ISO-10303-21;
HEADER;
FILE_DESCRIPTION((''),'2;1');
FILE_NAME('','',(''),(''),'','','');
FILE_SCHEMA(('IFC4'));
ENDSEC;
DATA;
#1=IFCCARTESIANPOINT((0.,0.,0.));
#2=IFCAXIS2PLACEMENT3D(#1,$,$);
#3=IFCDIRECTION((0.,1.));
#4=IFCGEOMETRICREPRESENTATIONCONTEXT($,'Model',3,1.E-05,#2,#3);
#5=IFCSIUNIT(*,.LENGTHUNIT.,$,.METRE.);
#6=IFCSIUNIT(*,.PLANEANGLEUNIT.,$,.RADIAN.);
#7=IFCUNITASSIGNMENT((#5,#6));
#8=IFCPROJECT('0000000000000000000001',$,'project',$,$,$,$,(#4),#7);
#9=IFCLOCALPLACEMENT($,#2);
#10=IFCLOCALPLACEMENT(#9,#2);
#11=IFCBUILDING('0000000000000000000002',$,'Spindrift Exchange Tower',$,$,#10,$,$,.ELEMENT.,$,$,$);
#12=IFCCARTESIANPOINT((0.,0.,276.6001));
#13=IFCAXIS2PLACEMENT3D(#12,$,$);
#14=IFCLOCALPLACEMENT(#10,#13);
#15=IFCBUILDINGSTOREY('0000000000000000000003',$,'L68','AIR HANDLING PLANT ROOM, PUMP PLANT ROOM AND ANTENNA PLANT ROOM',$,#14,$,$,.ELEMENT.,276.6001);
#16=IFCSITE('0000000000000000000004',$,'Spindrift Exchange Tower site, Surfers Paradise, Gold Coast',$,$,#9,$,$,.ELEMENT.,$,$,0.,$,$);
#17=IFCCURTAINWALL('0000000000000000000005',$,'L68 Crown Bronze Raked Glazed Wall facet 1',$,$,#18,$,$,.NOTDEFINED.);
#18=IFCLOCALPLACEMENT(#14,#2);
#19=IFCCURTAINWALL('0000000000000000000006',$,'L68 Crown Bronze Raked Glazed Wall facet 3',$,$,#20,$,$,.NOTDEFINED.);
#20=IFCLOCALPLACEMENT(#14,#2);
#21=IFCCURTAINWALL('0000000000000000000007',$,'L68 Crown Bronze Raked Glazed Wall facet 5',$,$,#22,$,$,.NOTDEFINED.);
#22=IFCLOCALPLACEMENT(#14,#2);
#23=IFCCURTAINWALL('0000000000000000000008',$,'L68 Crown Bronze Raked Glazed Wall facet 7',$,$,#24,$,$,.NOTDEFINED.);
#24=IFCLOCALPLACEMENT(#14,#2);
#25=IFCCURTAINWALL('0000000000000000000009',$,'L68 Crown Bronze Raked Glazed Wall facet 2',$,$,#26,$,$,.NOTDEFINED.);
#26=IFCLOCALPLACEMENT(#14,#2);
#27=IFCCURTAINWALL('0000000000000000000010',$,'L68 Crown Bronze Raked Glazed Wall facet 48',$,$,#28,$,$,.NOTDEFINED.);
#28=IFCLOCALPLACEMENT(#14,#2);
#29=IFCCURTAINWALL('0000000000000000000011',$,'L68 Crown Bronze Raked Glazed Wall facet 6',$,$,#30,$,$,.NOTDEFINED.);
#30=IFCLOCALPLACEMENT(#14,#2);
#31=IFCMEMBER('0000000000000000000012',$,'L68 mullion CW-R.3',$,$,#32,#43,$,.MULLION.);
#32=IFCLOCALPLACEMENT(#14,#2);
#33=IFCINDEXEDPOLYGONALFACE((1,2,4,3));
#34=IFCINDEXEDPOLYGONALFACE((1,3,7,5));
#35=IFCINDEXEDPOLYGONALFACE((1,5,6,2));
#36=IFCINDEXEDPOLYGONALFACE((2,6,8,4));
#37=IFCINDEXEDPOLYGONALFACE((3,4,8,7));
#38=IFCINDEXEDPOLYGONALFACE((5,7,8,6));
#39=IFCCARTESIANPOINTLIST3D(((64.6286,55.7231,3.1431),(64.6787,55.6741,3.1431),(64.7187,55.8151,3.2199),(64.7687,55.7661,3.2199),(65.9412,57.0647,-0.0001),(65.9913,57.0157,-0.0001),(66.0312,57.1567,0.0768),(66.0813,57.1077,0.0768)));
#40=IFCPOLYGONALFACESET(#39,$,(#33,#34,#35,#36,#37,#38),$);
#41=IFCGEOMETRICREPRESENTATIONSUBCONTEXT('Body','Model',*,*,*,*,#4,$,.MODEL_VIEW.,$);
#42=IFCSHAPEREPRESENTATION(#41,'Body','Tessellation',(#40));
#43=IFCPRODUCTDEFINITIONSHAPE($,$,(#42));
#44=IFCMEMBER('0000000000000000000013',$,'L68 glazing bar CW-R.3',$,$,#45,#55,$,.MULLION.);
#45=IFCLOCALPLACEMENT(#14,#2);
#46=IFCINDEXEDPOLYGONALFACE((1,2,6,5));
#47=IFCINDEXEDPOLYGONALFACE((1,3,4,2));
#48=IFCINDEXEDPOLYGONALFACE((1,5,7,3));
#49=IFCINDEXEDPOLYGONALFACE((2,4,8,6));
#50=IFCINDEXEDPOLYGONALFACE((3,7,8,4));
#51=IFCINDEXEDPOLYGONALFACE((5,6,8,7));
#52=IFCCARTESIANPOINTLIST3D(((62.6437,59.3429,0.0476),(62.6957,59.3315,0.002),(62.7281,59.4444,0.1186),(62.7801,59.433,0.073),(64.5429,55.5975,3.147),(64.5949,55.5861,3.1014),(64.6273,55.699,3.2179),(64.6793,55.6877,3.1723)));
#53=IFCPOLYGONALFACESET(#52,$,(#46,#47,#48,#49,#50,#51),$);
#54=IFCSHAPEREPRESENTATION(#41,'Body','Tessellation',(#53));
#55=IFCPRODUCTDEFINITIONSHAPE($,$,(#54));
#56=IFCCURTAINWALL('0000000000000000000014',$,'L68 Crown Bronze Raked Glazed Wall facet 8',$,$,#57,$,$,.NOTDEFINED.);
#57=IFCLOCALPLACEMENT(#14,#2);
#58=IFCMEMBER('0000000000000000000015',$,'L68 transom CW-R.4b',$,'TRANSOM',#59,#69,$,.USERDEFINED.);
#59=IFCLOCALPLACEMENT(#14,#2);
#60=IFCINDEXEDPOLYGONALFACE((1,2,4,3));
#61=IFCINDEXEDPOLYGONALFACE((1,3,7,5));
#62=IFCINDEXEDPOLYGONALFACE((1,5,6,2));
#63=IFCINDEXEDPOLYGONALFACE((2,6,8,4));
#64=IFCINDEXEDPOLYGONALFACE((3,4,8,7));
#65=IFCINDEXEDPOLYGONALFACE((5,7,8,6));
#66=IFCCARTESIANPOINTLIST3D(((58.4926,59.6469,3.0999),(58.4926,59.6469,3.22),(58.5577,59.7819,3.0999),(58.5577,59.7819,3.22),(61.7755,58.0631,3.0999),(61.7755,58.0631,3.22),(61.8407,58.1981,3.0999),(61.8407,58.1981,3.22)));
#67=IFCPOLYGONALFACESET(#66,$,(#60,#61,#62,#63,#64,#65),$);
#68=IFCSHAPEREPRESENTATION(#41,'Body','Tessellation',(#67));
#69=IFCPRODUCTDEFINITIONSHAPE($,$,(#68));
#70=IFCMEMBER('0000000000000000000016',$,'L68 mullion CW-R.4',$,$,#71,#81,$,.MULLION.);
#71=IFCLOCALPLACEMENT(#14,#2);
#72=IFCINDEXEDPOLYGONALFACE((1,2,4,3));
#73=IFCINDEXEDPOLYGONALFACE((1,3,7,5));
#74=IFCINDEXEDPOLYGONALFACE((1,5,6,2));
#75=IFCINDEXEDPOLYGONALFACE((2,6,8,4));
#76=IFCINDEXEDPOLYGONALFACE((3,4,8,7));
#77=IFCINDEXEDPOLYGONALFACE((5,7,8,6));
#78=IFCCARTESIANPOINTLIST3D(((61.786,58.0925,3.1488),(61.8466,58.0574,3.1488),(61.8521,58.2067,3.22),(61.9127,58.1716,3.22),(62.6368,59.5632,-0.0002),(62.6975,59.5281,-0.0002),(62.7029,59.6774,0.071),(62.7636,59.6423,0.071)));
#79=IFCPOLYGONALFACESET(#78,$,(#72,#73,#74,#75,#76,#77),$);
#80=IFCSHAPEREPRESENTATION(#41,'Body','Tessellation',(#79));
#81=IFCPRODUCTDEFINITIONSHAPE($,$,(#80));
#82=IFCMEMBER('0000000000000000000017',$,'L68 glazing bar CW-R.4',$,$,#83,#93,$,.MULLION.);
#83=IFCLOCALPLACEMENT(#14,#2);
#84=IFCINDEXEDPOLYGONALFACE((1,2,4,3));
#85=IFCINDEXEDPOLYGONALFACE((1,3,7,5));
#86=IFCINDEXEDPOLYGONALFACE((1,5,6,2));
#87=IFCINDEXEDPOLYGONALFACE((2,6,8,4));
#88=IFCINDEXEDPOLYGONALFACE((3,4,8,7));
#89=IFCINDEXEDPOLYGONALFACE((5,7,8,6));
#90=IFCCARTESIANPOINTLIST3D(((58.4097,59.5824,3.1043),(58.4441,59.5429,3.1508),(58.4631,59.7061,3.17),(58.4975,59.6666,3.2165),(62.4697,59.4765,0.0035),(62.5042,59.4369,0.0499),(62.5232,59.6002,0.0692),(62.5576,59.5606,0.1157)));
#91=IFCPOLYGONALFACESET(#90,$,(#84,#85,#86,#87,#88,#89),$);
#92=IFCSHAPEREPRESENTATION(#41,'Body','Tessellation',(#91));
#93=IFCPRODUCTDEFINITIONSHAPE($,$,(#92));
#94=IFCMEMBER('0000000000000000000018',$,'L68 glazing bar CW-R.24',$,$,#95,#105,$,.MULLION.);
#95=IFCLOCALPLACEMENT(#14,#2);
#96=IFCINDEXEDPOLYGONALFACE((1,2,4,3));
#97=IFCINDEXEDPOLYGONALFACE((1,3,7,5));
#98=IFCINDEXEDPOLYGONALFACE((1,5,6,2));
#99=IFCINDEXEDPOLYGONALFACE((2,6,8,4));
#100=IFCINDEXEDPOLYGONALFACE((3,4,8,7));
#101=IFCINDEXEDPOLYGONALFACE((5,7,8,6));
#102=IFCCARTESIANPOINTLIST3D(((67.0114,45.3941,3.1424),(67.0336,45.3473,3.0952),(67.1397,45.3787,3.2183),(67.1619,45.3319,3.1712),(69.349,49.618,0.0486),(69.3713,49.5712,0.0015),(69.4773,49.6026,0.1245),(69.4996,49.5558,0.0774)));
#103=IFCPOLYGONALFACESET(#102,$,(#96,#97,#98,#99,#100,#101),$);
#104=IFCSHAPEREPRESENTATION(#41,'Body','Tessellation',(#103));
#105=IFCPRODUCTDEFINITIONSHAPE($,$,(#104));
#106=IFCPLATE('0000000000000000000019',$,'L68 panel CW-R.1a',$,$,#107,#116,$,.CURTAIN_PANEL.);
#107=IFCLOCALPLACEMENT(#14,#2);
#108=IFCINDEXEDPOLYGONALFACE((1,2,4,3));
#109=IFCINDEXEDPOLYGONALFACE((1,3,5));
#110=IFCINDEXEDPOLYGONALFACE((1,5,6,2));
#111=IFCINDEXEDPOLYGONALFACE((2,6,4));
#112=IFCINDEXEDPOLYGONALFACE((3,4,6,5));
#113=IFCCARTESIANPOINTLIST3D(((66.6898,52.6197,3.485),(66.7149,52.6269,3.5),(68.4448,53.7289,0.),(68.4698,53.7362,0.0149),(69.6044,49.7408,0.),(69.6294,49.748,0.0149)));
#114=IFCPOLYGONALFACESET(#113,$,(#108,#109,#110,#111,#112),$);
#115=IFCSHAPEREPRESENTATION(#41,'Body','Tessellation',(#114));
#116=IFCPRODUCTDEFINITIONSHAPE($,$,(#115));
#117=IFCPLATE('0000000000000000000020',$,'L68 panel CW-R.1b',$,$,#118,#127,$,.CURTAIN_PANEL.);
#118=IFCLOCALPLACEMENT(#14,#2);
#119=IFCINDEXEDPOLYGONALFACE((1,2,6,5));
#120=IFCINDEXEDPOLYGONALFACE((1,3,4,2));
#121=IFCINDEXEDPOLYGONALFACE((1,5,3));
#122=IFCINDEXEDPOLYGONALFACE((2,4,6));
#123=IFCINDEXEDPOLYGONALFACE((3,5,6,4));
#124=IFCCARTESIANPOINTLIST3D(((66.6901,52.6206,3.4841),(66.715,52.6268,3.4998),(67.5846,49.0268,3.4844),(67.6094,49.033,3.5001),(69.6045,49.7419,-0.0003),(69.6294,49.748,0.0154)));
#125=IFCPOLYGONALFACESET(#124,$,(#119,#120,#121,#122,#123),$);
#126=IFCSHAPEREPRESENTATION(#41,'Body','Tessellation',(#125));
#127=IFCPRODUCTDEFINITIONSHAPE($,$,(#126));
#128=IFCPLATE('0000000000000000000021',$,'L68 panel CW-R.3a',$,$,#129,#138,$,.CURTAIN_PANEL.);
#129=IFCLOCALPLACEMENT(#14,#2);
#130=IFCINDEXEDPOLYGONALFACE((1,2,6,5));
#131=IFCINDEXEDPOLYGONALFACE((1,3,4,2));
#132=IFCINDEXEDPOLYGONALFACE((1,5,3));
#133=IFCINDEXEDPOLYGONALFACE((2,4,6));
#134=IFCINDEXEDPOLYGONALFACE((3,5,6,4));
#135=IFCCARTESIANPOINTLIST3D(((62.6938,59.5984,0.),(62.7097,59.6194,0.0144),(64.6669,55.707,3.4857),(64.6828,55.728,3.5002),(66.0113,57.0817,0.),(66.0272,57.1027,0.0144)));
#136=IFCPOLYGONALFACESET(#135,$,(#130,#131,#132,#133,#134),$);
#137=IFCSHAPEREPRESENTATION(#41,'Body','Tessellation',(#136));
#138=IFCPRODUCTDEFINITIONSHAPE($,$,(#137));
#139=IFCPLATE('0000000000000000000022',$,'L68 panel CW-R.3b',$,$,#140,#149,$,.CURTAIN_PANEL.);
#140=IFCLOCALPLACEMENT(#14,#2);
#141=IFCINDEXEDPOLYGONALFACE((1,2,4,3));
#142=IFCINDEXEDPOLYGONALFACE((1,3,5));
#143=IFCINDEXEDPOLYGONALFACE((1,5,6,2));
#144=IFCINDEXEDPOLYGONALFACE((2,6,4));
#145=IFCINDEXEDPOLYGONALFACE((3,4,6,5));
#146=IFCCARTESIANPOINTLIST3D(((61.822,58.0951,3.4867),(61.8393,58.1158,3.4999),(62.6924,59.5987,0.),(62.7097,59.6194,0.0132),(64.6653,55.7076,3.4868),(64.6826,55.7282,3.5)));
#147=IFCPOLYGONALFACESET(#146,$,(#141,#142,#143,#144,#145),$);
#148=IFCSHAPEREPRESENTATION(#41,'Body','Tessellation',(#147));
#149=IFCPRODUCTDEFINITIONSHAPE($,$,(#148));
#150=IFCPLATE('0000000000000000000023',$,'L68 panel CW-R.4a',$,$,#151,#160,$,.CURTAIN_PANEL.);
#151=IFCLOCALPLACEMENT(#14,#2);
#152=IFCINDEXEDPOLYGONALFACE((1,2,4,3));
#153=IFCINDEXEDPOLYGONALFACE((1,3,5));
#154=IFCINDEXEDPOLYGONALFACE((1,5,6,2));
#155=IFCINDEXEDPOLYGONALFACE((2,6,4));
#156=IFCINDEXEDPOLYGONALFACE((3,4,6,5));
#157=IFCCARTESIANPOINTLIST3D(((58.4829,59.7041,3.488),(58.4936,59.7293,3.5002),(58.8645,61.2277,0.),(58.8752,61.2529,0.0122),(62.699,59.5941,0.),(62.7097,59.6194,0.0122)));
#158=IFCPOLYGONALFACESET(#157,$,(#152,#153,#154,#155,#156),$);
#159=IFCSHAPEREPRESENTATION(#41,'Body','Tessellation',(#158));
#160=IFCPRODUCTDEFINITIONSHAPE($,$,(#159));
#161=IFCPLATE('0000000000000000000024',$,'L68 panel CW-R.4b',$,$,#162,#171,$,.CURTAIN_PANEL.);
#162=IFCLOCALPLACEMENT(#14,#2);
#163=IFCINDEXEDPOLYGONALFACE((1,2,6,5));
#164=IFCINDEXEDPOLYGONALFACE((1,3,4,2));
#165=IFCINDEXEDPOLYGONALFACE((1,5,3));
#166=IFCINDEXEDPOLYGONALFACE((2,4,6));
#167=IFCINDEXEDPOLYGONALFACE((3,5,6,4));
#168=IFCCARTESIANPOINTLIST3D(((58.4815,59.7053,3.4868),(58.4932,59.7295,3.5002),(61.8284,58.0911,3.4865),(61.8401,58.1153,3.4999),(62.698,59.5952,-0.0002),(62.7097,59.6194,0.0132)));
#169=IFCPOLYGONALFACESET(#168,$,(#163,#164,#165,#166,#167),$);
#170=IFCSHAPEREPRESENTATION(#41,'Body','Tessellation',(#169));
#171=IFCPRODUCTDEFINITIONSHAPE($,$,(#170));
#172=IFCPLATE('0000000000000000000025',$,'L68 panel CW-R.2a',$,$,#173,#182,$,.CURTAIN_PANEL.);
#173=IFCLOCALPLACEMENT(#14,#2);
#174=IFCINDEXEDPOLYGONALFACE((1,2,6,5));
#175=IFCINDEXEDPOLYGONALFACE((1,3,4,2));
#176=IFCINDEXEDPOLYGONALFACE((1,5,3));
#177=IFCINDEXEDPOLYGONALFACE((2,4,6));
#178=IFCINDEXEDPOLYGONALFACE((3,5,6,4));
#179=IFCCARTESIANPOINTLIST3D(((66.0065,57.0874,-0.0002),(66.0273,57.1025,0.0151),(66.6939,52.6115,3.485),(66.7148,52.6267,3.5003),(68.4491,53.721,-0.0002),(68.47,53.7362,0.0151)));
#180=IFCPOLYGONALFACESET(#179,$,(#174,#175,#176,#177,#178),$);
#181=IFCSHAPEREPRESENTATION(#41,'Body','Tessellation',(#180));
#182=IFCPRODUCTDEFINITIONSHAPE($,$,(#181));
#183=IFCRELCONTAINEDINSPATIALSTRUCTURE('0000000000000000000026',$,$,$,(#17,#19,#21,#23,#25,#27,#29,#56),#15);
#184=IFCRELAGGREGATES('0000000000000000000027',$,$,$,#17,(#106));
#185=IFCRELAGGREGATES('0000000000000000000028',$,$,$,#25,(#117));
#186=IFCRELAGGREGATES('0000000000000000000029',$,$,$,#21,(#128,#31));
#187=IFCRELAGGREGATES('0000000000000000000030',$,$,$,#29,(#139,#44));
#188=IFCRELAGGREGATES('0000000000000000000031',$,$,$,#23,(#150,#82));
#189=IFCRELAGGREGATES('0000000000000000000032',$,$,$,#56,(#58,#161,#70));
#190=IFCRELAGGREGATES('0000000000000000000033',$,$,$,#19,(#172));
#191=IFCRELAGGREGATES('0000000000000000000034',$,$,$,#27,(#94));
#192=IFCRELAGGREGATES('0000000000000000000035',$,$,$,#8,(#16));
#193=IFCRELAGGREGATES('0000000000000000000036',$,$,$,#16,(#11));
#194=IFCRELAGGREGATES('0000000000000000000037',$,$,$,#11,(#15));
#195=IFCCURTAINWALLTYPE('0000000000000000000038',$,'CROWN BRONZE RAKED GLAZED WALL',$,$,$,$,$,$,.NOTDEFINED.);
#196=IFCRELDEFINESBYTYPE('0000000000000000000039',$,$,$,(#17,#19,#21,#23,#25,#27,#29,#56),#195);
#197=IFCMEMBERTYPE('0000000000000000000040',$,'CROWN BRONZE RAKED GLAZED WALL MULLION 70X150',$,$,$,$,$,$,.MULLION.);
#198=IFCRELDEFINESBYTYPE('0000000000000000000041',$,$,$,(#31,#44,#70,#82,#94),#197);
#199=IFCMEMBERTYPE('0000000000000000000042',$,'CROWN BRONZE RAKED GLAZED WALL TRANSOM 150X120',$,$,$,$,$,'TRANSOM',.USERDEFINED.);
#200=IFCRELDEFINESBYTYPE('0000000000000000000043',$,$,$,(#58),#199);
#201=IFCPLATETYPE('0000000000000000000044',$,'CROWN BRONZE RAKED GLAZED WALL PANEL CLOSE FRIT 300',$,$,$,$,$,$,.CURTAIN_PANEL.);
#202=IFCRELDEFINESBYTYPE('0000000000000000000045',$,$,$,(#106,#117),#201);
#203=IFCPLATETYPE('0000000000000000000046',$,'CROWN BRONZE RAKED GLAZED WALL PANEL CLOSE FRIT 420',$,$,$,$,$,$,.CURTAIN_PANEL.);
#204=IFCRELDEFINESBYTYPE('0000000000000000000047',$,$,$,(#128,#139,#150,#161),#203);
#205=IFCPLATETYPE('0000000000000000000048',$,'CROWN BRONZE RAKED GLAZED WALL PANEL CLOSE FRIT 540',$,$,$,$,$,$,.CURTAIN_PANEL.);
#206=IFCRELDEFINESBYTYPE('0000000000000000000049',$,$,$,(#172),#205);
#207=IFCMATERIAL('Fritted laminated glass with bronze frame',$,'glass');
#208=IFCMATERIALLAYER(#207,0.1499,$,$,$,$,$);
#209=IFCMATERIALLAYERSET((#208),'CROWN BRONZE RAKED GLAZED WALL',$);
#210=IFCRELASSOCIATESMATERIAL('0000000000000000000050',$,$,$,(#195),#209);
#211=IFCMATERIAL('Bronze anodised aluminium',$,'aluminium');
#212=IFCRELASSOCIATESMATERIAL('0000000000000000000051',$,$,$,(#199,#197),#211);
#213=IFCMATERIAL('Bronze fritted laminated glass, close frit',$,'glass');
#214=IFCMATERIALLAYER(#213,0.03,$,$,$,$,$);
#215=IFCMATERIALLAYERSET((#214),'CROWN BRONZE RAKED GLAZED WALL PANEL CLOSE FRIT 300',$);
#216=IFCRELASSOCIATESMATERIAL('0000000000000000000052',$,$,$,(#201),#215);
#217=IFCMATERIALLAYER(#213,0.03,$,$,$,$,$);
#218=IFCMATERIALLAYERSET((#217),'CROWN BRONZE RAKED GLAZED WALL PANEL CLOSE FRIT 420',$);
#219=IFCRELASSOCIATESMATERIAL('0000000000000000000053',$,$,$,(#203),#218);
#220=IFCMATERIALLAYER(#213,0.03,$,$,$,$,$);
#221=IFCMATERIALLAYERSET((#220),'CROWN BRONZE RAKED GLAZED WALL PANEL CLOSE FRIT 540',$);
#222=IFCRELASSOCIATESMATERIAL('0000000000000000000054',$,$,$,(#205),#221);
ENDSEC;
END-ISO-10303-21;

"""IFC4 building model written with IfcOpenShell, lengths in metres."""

from ifc_helpers import new_model, si_unit, direction, frame, origin, origin_2d, place, context, subcontext, project, spatial, line, indexed_curve, rectangle, outline, extrude, source, transform, mapped, material, layer, layer_set, material_profile, profile_set, type_object, element, aggregate, save


model = new_model("IFC4")

# Units and contexts
model_context = context("Model", 3, precision=1e-05, world=origin(), true_north=direction((0.0, 1.0)))
body_context = subcontext(model_context, "Body", "Model", "MODEL_VIEW")
ifc_project = project(units=[si_unit("LENGTHUNIT", "METRE"), si_unit("PLANEANGLEUNIT", "RADIAN")], contexts=[model_context])

# Site, building, storey
site_placement = place(None, origin())
site = spatial("IfcSite", under=ifc_project, at=site_placement, Name="Spindrift Exchange Tower site, Surfers Paradise, Gold Coast", CompositionType="ELEMENT", RefElevation=0.0)
building_placement = place(site_placement, origin())
building = spatial("IfcBuilding", under=site, at=building_placement, Name="Spindrift Exchange Tower", CompositionType="ELEMENT")
storey_placement = place(building_placement, frame((0.0, 0.0, 276.6001)))
storey = spatial("IfcBuildingStorey", under=building, at=storey_placement, Name="L68", Description="AIR HANDLING PLANT ROOM, PUMP PLANT ROOM AND ANTENNA PLANT ROOM", CompositionType="ELEMENT", Elevation=276.6001)

# Curtain walls
ifc_material_1 = material(Name="Fritted laminated glass with bronze frame", Category="glass")
ifc_layer_1 = layer(ifc_material_1, 0.1499)
ifc_layer_set_1 = layer_set([ifc_layer_1], Name="CROWN BRONZE RAKED GLAZED WALL")
curtain_wall_type = type_object("IfcCurtainWallType", Name="CROWN BRONZE RAKED GLAZED WALL", PredefinedType="NOTDEFINED", material=ifc_layer_set_1)
curtain_wall_1_placement = place(storey_placement, origin())
curtain_wall_1 = element("IfcCurtainWall", 1, at=curtain_wall_1_placement, inside=storey, type_object=curtain_wall_type, Name="L68 Crown Bronze Raked Glazed Wall facet 1", PredefinedType="NOTDEFINED")
ifc_material_2 = material(Name="Bronze anodised aluminium", Category="aluminium")
ifc_material_profile_1 = material_profile(ifc_material_2, rectangle(XDim=0.1499, YDim=0.1201, at=origin_2d()), Name="CROWN BRONZE RAKED GLAZED WALL TRANSOM 150X120")
ifc_profile_set_1 = profile_set([ifc_material_profile_1], Name="Bronze anodised aluminium")
member_type_1 = type_object("IfcMemberType", Name="CROWN BRONZE RAKED GLAZED WALL TRANSOM 150X120", ElementType="TRANSOM", PredefinedType="USERDEFINED", material=ifc_profile_set_1)
curtain_wall_2_placement = place(storey_placement, origin())
curtain_wall_2 = element("IfcCurtainWall", 2, at=curtain_wall_2_placement, inside=storey, type_object=curtain_wall_type, Name="L68 Crown Bronze Raked Glazed Wall facet 3", PredefinedType="NOTDEFINED")
curtain_wall_3_placement = place(storey_placement, origin())
curtain_wall_3 = element("IfcCurtainWall", 3, at=curtain_wall_3_placement, inside=storey, type_object=curtain_wall_type, Name="L68 Crown Bronze Raked Glazed Wall facet 5", PredefinedType="NOTDEFINED")
curtain_wall_4_placement = place(storey_placement, origin())
curtain_wall_4 = element("IfcCurtainWall", 4, at=curtain_wall_4_placement, inside=storey, type_object=curtain_wall_type, Name="L68 Crown Bronze Raked Glazed Wall facet 7", PredefinedType="NOTDEFINED")
curtain_wall_5_placement = place(storey_placement, origin())
curtain_wall_5 = element("IfcCurtainWall", 5, at=curtain_wall_5_placement, inside=storey, type_object=curtain_wall_type, Name="L68 Crown Bronze Raked Glazed Wall facet 2", PredefinedType="NOTDEFINED")
curtain_wall_6_placement = place(storey_placement, origin())
curtain_wall_6 = element("IfcCurtainWall", 6, at=curtain_wall_6_placement, inside=storey, type_object=curtain_wall_type, Name="L68 Crown Bronze Raked Glazed Wall facet 48", PredefinedType="NOTDEFINED")

# Shared definitions
ifc_material_profile_2 = material_profile(ifc_material_2, rectangle(XDim=0.0701, YDim=0.1499, at=origin_2d()), Name="CROWN BRONZE RAKED GLAZED WALL MULLION 70X150")
ifc_profile_set_2 = profile_set([ifc_material_profile_2], Name="Bronze anodised aluminium")
member_type_2 = type_object("IfcMemberType", Name="CROWN BRONZE RAKED GLAZED WALL MULLION 70X150", PredefinedType="MULLION", material=ifc_profile_set_2)

# Curtain wall
curtain_wall_7_placement = place(storey_placement, origin())
curtain_wall_7 = element("IfcCurtainWall", 7, at=curtain_wall_7_placement, inside=storey, type_object=curtain_wall_type, Name="L68 Crown Bronze Raked Glazed Wall facet 6", PredefinedType="NOTDEFINED")

# Members
shared_shape_1 = source(origin(), body_context, "Body", "SweptSolid", [
    extrude(rectangle(XDim=0.0701, YDim=0.1499, at=origin_2d()), origin(), (0.0, 0.0, 1.0), 3.6609),
])
member_1_placement = place(storey_placement, frame((66.0112, 57.0862, 0.0383), z_axis=(-0.35853, -0.366467, 0.858579), x_axis=(0.714804, -0.699325, 0.0)))
member_1 = element("IfcMember", 8, at=member_1_placement, type_object=member_type_2, Name="L68 mullion CW-R.3", PredefinedType="MULLION", context=body_context, shape_type="MappedRepresentation", body=[
    mapped(shared_shape_1, transform((0.0, 0.0, 0.0), scale=1.0)),
])
shared_shape_2 = source(origin(), body_context, "Body", "SweptSolid", [
    extrude(rectangle(XDim=0.0701, YDim=0.1499, at=origin_2d()), origin(), (0.0, 0.0, 1.0), 5.2192),
])
member_2_placement = place(storey_placement, frame((62.7119, 59.3879, 0.0603), z_axis=(0.363877, -0.717604, 0.593833), x_axis=(0.741865, -0.162229, -0.650629)))
member_2 = element("IfcMember", 9, at=member_2_placement, type_object=member_type_2, Name="L68 glazing bar CW-R.3", PredefinedType="MULLION", context=body_context, shape_type="MappedRepresentation", body=[
    mapped(shared_shape_2, transform((0.0, 0.0, 0.0), scale=1.0)),
])

# Curtain wall, members
curtain_wall_8_placement = place(storey_placement, origin())
curtain_wall_8 = element("IfcCurtainWall", 10, at=curtain_wall_8_placement, inside=storey, type_object=curtain_wall_type, Name="L68 Crown Bronze Raked Glazed Wall facet 8", PredefinedType="NOTDEFINED")
shared_shape_3 = source(origin(), body_context, "Body", "SweptSolid", [
    extrude(rectangle(XDim=0.1499, YDim=0.1201, at=origin_2d()), origin(), (0.0, 0.0, 1.0), 3.645),
])
member_3_placement = place(storey_placement, frame((61.8081, 58.1306, 3.1599), z_axis=(-0.900674, 0.434496, 0.0), x_axis=(-0.434496, -0.900674, 0.0)))
member_3 = element("IfcMember", 11, at=member_3_placement, type_object=member_type_1, Name="L68 transom CW-R.4b", ObjectType="TRANSOM", PredefinedType="USERDEFINED", context=body_context, shape_type="MappedRepresentation", body=[
    mapped(shared_shape_3, transform((0.0, 0.0, 0.0), scale=1.0)),
])
shared_shape_4 = source(origin(), body_context, "Body", "SweptSolid", [
    extrude(rectangle(XDim=0.0701, YDim=0.1499, at=origin_2d()), origin(), (0.0, 0.0, 1.0), 3.5781),
])
member_4_placement = place(storey_placement, frame((62.7002, 59.6028, 0.0354), z_axis=(-0.23779, -0.411032, 0.880062), x_axis=(0.865587, -0.500759, 0.0)))
member_4 = element("IfcMember", 12, at=member_4_placement, type_object=member_type_2, Name="L68 mullion CW-R.4", PredefinedType="MULLION", context=body_context, shape_type="MappedRepresentation", body=[
    mapped(shared_shape_4, transform((0.0, 0.0, 0.0), scale=1.0)),
])

# Members
shared_shape_5 = source(origin(), body_context, "Body", "SweptSolid", [
    extrude(rectangle(XDim=0.0701, YDim=0.1499, at=origin_2d()), origin(), (0.0, 0.0, 1.0), 5.1099),
])
member_5_placement = place(storey_placement, frame((62.5137, 59.5186, 0.0596), z_axis=(-0.794557, 0.020736, 0.606835), x_axis=(0.491674, -0.564455, 0.663059)))
member_5 = element("IfcMember", 13, at=member_5_placement, type_object=member_type_2, Name="L68 glazing bar CW-R.4", PredefinedType="MULLION", context=body_context, shape_type="MappedRepresentation", body=[
    mapped(shared_shape_5, transform((0.0, 0.0, 0.0), scale=1.0)),
])
shared_shape_6 = source(origin(), body_context, "Body", "SweptSolid", [
    extrude(rectangle(XDim=0.0701, YDim=0.1499, at=origin_2d()), origin(), (0.0, 0.0, 1.0), 5.7339),
])
member_6_placement = place(storey_placement, frame((69.4243, 49.5869, 0.063), z_axis=(-0.407692, -0.736657, 0.539559), x_axis=(0.317717, -0.668415, -0.672515)))
member_6 = element("IfcMember", 14, at=member_6_placement, type_object=member_type_2, Name="L68 glazing bar CW-R.24", PredefinedType="MULLION", context=body_context, shape_type="MappedRepresentation", body=[
    mapped(shared_shape_6, transform((0.0, 0.0, 0.0), scale=1.0)),
])

# Plates
ifc_material_3 = material(Name="Bronze fritted laminated glass, close frit", Category="glass")
ifc_layer_2 = layer(ifc_material_3, 0.03)
ifc_layer_set_2 = layer_set([ifc_layer_2], Name="CROWN BRONZE RAKED GLAZED WALL PANEL CLOSE FRIT 300")
plate_type_1 = type_object("IfcPlateType", Name="CROWN BRONZE RAKED GLAZED WALL PANEL CLOSE FRIT 300", PredefinedType="CURTAIN_PANEL", material=ifc_layer_set_2)
plate_1_placement = place(storey_placement, frame((69.6294, 49.748, 0.0149), z_axis=(0.833367, 0.242302, 0.496778), x_axis=(-0.27919, 0.960236, 0.0)))
plate_1 = element("IfcPlate", 15, at=plate_1_placement, type_object=plate_type_1, Name="L68 panel CW-R.1a", PredefinedType="CURTAIN_PANEL", context=body_context, shape_type="SweptSolid", body=[
    extrude(outline(indexed_curve([(0.0, 0.0), (4.1533, 0.0), (3.5781, 4.0156)], segments=[line(1, 2, 3, 1)], self_intersect=False)), origin(), (0.0, 0.0, -1.0), 0.03),
])
aggregate(curtain_wall_1, [plate_1])
plate_2_placement = place(storey_placement, frame((69.6294, 49.748, 0.0154), z_axis=(0.827661, 0.20603, 0.522043), x_axis=(-0.541917, 0.53529, 0.647913)))
plate_2 = element("IfcPlate", 16, at=plate_2_placement, type_object=plate_type_1, Name="L68 panel CW-R.1b", PredefinedType="CURTAIN_PANEL", context=body_context, shape_type="SweptSolid", body=[
    extrude(outline(indexed_curve([(0.0, 0.0), (5.3779, 0.0), (2.9697, 2.8135)], segments=[line(1, 2, 3, 1)], self_intersect=False)), origin(), (0.0, 0.0, -1.0), 0.03),
])
aggregate(curtain_wall_5, [plate_2])
ifc_layer_3 = layer(ifc_material_3, 0.03)
ifc_layer_set_3 = layer_set([ifc_layer_3], Name="CROWN BRONZE RAKED GLAZED WALL PANEL CLOSE FRIT 420")
plate_type_2 = type_object("IfcPlateType", Name="CROWN BRONZE RAKED GLAZED WALL PANEL CLOSE FRIT 420", PredefinedType="CURTAIN_PANEL", material=ifc_layer_set_3)
plate_3_placement = place(storey_placement, frame((62.7097, 59.6194, 0.0144), z_axis=(0.530184, 0.698872, 0.480087), x_axis=(0.796688, -0.60439, 0.0)))
plate_3 = element("IfcPlate", 17, at=plate_3_placement, type_object=plate_type_2, Name="L68 panel CW-R.3a", PredefinedType="CURTAIN_PANEL", context=body_context, shape_type="SweptSolid", body=[
    extrude(outline(indexed_curve([(0.0, 0.0), (4.1641, 0.0), (3.9238, -3.9736)], segments=[line(1, 2, 3, 1)], self_intersect=False)), origin(), (0.0, 0.0, -1.0), 0.03),
])
aggregate(curtain_wall_3, [plate_3, member_1])
plate_4_placement = place(storey_placement, frame((62.7097, 59.6194, 0.0132), z_axis=(0.577271, 0.687494, 0.44058), x_axis=(0.353257, -0.696722, 0.62433)))
plate_4 = element("IfcPlate", 18, at=plate_4_placement, type_object=plate_type_2, Name="L68 panel CW-R.3b", PredefinedType="CURTAIN_PANEL", context=body_context, shape_type="SweptSolid", body=[
    extrude(outline(indexed_curve([(0.0, 0.0), (5.585, 0.0), (2.917, -2.582)], segments=[line(1, 2, 3, 1)], self_intersect=False)), origin(), (0.0, 0.0, -1.0), 0.03),
])
aggregate(curtain_wall_7, [plate_4, member_2])
plate_5_placement = place(storey_placement, frame((62.7097, 59.6194, 0.0122), z_axis=(0.358111, 0.840605, 0.406374), x_axis=(-0.919994, 0.391932, 0.0)))
plate_5 = element("IfcPlate", 19, at=plate_5_placement, type_object=plate_type_2, Name="L68 panel CW-R.4a", PredefinedType="CURTAIN_PANEL", context=body_context, shape_type="SweptSolid", body=[
    extrude(outline(indexed_curve([(0.0, 0.0), (4.168, 0.0), (3.9219, 3.8174)], segments=[line(1, 2, 3, 1)], self_intersect=False)), origin(), (0.0, 0.0, -1.0), 0.03),
])
aggregate(curtain_wall_4, [plate_5, member_5])
plate_6_placement = place(storey_placement, frame((62.7097, 59.6194, 0.0132), z_axis=(0.389062, 0.806608, 0.444988), x_axis=(-0.770467, 0.02012, 0.637163)))
plate_6 = element("IfcPlate", 20, at=plate_6_placement, type_object=plate_type_2, Name="L68 panel CW-R.4b", PredefinedType="CURTAIN_PANEL", context=body_context, shape_type="SweptSolid", body=[
    extrude(outline(indexed_curve([(0.0, 0.0), (5.4727, 0.0), (2.8613, 2.6436)], segments=[line(1, 2, 3, 1)], self_intersect=False)), origin(), (0.0, 0.0, -1.0), 0.03),
])
aggregate(curtain_wall_8, [member_3, plate_6, member_4])
ifc_layer_4 = layer(ifc_material_3, 0.03)
ifc_layer_set_4 = layer_set([ifc_layer_4], Name="CROWN BRONZE RAKED GLAZED WALL PANEL CLOSE FRIT 540")
plate_type_3 = type_object("IfcPlateType", Name="CROWN BRONZE RAKED GLAZED WALL PANEL CLOSE FRIT 540", PredefinedType="CURTAIN_PANEL", material=ifc_layer_set_4)
plate_7_placement = place(storey_placement, frame((66.0273, 57.1025, 0.0151), z_axis=(0.695692, 0.504802, 0.511066), x_axis=(0.587292, -0.809375, 0.0)))
plate_7 = element("IfcPlate", 21, at=plate_7_placement, type_object=plate_type_3, Name="L68 panel CW-R.2a", PredefinedType="CURTAIN_PANEL", context=body_context, shape_type="SweptSolid", body=[
    extrude(outline(indexed_curve([(0.0, 0.0), (4.1592, 0.0), (4.0264, -4.0547)], segments=[line(1, 2, 3, 1)], self_intersect=False)), origin(), (0.0, 0.0, -1.0), 0.03),
])
aggregate(curtain_wall_2, [plate_7])
aggregate(curtain_wall_6, [member_6])

save(model, "model.ifc")
